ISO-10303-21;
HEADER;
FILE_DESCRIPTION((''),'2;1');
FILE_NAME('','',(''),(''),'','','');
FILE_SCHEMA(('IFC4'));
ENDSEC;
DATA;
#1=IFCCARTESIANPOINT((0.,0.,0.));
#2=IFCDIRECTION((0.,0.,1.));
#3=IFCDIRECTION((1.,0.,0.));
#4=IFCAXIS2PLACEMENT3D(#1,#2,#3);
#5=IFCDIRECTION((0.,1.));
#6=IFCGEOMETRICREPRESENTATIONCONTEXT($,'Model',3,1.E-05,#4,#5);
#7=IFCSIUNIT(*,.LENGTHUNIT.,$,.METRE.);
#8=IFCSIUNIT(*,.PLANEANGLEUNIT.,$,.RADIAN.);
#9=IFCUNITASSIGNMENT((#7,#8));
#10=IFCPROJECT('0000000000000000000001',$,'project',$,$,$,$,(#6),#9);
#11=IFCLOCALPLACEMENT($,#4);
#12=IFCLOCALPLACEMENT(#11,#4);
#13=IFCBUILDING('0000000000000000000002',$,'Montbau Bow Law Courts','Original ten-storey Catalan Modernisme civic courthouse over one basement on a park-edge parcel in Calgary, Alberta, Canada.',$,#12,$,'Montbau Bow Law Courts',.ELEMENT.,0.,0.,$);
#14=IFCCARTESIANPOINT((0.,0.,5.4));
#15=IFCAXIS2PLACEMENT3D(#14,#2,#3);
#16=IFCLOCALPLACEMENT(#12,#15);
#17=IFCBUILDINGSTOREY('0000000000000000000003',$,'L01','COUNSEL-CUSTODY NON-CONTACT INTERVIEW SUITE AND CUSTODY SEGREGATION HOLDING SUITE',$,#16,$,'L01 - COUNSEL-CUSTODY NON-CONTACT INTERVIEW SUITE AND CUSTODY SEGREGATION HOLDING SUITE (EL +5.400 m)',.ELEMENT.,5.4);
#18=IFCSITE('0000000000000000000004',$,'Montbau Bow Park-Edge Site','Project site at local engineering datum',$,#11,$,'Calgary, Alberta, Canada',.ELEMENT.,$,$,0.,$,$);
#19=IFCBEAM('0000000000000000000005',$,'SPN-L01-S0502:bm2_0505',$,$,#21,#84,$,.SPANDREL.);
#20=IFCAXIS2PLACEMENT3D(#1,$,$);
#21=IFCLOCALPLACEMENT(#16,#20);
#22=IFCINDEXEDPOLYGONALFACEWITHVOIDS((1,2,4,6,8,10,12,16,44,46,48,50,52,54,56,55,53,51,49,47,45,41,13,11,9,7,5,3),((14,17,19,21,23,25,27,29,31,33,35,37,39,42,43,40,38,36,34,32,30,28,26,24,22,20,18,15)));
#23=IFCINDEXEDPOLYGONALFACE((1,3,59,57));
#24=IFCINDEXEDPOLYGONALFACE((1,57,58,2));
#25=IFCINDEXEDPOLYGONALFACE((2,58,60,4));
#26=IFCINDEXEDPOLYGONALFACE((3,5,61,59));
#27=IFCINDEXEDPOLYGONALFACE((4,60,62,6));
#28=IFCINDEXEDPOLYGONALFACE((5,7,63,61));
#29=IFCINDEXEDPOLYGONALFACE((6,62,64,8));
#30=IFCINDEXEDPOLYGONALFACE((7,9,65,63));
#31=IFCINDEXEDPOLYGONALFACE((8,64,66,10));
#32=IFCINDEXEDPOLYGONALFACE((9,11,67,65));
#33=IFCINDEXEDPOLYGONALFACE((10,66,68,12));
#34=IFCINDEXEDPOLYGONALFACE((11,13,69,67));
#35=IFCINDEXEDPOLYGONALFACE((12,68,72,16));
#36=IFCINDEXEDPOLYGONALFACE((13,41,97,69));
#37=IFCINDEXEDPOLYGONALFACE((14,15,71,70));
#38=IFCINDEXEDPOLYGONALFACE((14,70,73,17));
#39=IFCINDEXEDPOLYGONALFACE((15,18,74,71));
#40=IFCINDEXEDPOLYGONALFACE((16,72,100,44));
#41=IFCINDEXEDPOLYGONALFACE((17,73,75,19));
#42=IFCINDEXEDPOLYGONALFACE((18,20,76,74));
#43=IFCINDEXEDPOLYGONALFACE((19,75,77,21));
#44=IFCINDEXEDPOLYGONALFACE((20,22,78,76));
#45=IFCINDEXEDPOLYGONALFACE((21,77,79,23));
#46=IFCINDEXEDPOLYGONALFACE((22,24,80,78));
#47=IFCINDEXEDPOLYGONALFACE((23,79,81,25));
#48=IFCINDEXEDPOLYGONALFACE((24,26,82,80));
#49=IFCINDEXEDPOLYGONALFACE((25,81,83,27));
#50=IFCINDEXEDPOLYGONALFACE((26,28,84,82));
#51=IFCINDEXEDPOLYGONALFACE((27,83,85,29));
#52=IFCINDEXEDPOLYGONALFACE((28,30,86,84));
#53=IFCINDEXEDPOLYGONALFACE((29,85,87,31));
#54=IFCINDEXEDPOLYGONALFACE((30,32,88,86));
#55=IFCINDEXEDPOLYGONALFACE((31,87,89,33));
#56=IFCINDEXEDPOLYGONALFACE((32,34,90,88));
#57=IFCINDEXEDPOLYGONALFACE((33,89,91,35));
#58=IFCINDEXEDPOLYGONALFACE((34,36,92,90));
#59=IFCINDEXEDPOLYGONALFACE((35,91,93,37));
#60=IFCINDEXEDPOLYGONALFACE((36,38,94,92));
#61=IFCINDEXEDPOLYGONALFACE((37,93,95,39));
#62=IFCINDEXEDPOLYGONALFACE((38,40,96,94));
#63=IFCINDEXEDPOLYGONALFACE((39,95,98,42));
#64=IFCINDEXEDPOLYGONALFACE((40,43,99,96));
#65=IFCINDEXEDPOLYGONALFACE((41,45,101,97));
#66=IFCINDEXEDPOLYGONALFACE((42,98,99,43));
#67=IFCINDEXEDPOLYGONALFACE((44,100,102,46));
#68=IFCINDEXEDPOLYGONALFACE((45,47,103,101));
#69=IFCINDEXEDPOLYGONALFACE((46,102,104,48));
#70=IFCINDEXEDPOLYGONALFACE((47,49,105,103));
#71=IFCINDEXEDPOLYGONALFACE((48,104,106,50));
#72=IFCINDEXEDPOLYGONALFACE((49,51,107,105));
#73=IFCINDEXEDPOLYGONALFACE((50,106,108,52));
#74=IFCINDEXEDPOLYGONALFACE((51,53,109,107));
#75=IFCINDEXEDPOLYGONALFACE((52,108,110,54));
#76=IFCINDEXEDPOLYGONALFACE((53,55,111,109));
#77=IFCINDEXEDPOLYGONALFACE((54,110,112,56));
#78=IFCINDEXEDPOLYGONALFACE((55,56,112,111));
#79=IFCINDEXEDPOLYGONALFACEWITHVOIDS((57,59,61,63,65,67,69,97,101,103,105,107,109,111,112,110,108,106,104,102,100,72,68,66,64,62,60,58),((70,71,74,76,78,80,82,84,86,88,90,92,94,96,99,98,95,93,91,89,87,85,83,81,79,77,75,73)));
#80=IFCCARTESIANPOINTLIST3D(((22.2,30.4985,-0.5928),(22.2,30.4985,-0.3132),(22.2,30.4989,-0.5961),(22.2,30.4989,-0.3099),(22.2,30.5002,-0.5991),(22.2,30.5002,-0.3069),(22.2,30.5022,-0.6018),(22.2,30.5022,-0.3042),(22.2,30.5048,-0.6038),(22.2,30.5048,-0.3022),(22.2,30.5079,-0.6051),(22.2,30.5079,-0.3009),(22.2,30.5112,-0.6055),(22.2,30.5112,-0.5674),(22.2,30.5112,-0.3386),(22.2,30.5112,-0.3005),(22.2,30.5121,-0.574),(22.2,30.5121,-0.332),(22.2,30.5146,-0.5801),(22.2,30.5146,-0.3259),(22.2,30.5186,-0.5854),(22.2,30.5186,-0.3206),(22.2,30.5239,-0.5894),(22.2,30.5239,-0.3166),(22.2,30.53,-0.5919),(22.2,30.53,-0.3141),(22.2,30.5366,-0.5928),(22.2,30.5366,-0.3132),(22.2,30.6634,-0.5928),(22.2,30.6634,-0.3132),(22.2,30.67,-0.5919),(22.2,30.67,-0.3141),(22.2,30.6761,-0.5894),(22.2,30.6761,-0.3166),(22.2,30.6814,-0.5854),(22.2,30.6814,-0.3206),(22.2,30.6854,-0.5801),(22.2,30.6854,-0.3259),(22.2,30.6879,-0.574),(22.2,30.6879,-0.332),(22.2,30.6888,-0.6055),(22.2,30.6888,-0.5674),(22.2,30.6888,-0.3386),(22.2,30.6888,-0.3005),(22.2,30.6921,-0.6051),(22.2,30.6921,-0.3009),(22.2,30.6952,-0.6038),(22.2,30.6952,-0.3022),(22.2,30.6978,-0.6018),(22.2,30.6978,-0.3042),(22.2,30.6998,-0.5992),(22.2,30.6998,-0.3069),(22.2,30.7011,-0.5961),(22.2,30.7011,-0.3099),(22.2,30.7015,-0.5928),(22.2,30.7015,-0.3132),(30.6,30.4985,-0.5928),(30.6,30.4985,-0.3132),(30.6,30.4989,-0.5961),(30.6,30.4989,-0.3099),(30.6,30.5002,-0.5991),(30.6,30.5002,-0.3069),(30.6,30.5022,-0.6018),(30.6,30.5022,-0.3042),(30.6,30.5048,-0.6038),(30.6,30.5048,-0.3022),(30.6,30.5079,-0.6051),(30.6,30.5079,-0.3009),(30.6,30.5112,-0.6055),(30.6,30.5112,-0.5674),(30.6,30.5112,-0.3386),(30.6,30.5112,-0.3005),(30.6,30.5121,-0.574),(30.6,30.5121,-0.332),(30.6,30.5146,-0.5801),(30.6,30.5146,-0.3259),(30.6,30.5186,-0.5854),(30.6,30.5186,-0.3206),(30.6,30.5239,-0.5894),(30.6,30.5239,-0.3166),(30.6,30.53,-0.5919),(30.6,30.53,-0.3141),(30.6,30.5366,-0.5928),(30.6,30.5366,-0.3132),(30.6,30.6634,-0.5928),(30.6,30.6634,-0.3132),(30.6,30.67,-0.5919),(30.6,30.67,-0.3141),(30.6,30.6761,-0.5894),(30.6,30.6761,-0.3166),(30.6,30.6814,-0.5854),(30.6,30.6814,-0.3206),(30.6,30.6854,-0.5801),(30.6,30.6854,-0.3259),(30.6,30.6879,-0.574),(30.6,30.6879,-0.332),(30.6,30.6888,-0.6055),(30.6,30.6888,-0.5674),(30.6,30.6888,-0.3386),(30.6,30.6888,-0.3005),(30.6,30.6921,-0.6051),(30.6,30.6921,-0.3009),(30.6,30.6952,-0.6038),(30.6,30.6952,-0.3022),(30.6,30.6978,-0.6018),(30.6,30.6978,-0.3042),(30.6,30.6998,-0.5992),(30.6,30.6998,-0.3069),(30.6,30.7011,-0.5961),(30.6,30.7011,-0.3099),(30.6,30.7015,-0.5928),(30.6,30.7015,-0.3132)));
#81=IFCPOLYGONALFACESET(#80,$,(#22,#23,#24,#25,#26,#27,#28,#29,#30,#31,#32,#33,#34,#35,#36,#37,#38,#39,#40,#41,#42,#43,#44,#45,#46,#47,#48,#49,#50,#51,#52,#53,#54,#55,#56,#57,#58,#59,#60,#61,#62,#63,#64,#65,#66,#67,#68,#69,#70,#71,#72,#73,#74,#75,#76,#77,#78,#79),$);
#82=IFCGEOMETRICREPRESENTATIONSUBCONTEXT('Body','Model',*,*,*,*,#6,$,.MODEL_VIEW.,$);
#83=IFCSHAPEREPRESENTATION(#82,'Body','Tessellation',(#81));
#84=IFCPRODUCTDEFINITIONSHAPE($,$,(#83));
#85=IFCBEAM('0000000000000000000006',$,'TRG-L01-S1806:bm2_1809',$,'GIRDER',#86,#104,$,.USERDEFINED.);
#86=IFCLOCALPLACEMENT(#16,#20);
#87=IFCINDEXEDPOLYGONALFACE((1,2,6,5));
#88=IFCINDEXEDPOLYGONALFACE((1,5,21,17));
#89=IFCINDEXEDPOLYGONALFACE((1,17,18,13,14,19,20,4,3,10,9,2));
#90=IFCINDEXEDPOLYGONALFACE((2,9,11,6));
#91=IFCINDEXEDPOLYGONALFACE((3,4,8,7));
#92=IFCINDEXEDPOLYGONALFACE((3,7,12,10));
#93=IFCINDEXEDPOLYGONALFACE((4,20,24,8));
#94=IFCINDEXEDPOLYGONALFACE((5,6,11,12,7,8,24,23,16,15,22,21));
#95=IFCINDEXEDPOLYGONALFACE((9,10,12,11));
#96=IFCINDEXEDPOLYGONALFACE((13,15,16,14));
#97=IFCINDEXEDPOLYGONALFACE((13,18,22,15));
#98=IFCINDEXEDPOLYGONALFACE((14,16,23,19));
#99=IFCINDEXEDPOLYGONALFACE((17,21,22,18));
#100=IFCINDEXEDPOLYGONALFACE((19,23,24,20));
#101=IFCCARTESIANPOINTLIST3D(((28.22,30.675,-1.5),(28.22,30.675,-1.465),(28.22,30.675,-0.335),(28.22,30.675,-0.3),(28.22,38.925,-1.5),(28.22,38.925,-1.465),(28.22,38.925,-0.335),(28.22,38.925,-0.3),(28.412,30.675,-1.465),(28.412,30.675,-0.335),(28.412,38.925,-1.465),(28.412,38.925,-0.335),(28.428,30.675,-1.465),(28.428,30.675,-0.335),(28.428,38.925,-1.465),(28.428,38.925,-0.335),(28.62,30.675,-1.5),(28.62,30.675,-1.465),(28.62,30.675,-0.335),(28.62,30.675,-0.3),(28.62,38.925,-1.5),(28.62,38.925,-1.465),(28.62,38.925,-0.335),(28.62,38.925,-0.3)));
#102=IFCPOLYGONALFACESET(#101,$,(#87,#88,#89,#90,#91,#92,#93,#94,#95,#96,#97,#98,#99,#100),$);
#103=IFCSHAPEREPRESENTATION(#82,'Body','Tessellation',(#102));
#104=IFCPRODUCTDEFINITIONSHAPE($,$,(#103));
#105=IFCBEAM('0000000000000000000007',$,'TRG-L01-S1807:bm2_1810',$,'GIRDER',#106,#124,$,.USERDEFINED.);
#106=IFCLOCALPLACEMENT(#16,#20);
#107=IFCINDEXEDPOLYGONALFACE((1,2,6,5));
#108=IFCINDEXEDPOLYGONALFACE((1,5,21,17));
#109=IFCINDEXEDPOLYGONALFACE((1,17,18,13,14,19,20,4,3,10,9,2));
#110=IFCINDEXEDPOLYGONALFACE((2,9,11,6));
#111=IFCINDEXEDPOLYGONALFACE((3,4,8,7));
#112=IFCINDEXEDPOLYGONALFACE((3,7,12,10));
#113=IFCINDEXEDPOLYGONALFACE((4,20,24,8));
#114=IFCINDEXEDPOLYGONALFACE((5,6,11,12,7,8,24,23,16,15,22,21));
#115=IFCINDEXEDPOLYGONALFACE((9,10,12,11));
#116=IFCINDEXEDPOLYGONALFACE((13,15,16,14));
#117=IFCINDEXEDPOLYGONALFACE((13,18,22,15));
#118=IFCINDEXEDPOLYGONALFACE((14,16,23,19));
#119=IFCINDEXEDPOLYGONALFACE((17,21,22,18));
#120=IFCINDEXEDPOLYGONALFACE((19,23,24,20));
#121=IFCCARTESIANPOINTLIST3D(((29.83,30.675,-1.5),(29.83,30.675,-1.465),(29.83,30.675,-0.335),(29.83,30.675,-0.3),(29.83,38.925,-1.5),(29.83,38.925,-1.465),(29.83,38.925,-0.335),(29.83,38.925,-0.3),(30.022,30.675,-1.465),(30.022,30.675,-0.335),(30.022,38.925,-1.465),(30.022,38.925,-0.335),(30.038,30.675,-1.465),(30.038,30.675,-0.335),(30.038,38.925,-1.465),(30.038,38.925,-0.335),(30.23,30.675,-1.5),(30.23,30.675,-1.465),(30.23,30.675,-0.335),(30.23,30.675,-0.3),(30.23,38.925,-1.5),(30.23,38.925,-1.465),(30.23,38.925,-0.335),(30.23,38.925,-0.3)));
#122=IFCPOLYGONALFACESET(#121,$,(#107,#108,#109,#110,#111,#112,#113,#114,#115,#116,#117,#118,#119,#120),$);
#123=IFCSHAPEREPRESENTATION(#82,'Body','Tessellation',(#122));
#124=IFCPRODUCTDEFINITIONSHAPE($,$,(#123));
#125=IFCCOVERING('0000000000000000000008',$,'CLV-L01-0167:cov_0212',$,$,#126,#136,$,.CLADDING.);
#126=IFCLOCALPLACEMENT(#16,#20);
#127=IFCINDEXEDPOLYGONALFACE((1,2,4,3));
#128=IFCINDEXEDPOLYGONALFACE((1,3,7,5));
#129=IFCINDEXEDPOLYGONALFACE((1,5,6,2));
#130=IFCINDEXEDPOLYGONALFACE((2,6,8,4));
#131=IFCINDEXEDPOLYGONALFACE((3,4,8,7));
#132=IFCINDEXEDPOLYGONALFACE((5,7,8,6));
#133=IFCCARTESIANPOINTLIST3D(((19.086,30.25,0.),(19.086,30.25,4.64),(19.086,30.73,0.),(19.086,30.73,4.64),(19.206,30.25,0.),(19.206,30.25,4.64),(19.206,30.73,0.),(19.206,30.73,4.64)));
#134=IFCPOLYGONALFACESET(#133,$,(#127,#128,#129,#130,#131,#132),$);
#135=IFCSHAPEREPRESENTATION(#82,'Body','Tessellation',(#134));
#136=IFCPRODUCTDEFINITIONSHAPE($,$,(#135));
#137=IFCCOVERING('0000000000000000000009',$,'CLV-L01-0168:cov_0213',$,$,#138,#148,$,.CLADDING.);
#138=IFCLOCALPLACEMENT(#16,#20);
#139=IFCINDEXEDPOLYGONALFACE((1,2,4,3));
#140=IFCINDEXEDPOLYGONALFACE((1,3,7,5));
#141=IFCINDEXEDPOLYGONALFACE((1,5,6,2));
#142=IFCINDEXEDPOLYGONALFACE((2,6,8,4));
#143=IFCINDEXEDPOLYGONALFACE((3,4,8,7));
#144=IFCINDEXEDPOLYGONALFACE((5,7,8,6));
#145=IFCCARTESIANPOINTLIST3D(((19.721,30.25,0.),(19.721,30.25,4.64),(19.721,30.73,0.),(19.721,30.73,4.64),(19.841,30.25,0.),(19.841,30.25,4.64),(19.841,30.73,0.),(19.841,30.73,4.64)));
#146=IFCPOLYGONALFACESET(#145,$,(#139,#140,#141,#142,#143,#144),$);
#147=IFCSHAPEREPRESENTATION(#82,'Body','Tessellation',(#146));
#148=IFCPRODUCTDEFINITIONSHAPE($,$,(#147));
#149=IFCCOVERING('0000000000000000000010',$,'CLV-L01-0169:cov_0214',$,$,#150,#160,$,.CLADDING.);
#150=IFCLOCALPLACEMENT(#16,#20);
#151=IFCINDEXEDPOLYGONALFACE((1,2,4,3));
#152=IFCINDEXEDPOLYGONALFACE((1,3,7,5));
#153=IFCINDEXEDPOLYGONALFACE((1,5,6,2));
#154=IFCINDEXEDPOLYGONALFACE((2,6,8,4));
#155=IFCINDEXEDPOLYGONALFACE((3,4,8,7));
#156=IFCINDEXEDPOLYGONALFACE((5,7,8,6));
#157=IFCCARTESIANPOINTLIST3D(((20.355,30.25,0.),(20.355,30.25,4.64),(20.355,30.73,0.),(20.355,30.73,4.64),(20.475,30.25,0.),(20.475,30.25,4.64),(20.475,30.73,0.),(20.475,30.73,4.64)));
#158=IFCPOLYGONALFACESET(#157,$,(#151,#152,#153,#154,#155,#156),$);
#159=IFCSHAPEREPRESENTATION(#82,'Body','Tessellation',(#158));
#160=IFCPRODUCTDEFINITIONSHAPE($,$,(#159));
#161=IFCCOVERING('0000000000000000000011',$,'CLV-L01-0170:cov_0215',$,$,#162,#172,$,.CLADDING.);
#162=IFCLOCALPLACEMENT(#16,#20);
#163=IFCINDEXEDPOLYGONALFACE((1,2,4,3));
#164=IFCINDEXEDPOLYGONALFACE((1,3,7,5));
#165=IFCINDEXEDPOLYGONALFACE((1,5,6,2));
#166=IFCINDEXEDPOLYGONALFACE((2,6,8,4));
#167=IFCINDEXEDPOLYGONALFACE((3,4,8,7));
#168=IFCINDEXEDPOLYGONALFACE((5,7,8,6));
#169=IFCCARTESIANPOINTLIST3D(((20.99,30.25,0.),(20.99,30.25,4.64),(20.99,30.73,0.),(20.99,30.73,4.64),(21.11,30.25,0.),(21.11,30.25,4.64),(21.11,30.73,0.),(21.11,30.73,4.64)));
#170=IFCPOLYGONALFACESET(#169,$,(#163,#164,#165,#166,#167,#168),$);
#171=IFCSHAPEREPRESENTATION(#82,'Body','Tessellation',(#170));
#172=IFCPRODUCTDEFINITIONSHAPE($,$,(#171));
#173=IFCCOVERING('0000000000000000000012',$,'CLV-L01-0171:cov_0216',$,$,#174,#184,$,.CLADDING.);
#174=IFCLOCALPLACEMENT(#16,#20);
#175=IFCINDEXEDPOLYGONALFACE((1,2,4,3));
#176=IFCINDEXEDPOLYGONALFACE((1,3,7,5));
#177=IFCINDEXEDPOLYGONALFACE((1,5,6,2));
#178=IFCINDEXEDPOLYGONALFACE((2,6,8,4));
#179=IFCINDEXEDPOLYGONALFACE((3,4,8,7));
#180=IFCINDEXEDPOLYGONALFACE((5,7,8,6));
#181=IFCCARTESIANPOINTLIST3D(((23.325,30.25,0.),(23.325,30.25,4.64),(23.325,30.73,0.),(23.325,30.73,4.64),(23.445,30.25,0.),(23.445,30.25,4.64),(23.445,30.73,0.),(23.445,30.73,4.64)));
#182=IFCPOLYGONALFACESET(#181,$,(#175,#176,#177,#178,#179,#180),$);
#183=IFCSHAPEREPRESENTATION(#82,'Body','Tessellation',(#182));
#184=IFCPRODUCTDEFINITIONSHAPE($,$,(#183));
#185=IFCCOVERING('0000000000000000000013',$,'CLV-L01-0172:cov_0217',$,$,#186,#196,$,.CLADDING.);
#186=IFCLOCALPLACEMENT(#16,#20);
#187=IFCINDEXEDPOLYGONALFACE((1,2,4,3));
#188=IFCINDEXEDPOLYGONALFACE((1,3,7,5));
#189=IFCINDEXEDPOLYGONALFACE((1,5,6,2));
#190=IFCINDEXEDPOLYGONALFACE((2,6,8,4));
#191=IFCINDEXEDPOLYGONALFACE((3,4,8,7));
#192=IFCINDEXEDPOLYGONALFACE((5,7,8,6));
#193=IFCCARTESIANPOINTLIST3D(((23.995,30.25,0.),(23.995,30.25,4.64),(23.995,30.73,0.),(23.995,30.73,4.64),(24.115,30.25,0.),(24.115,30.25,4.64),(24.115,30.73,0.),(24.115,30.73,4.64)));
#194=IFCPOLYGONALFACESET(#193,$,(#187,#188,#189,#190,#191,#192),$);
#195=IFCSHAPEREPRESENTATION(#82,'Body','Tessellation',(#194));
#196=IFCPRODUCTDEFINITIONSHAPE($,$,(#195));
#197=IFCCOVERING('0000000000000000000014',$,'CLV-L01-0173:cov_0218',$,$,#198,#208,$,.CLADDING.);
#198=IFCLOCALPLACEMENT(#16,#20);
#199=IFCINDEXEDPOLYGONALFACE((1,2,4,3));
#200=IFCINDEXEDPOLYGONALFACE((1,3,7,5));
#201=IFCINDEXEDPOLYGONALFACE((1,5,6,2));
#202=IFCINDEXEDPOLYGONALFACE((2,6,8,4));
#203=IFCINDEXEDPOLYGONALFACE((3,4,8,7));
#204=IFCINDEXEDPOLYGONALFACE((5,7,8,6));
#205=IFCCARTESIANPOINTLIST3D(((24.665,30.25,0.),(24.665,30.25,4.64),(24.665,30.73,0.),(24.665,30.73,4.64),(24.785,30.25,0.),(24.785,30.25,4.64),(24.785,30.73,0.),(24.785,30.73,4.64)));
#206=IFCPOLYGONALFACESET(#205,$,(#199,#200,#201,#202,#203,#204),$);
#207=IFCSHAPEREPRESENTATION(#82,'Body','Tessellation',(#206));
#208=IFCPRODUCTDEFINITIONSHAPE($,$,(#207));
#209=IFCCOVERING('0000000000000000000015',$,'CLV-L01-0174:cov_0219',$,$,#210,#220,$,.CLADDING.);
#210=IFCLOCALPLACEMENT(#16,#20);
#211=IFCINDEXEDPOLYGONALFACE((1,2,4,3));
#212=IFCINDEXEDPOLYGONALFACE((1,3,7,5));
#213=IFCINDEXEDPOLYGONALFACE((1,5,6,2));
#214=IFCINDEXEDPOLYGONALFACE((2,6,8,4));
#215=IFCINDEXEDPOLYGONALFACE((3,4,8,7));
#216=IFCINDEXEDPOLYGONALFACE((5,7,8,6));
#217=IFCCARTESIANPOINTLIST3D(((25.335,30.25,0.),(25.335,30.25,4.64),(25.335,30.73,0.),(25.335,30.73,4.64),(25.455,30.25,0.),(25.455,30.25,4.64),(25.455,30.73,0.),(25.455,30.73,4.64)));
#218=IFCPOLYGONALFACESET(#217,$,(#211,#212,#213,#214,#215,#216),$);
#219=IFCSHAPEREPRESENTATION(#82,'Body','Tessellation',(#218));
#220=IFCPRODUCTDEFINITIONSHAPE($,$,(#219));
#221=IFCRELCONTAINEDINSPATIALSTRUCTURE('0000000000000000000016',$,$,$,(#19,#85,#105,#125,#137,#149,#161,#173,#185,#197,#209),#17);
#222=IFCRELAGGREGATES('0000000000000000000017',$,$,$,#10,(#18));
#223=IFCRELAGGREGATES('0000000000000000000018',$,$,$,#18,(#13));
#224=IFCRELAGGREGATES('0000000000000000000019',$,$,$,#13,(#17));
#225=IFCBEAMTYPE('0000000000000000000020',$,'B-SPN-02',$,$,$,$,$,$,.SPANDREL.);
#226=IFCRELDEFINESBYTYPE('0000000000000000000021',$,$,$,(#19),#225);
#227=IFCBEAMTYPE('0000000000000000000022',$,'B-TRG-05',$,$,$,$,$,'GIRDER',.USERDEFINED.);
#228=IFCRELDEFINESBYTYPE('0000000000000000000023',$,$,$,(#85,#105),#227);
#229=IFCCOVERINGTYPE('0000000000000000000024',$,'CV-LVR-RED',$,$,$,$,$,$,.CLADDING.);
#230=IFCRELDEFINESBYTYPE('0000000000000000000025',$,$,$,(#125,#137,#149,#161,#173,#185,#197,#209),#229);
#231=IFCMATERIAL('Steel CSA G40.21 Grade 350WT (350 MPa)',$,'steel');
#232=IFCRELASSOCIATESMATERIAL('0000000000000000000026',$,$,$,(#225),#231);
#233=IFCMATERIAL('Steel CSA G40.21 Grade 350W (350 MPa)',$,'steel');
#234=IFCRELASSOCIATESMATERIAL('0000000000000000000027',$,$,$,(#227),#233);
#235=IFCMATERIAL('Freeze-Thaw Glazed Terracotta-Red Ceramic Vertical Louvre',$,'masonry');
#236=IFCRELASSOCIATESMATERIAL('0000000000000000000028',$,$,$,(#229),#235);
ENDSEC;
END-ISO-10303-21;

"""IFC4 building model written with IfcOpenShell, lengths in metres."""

from ifc_helpers import new_model, si_unit, direction, frame, frame_2d, origin_with_axes, origin_2d_with_axis, place, context, subcontext, project, spatial, rectangle, hollow_rectangle, i_section, extrude, material, material_profile, profile_set, type_object, element, save


model = new_model("IFC4")

# Units and contexts
model_context = context("Model", 3, precision=1e-05, world=origin_with_axes(), true_north=direction((0.0, 1.0)))
body_context = subcontext(model_context, "Body", "Model", "MODEL_VIEW")
ifc_project = project(units=[si_unit("LENGTHUNIT", "METRE"), si_unit("PLANEANGLEUNIT", "RADIAN")], contexts=[model_context])

# Site, building, storey
site_placement = place(None, origin_with_axes())
site = spatial("IfcSite", under=ifc_project, at=site_placement, Name="Montbau Bow Park-Edge Site", Description="Project site at local engineering datum", LongName="Calgary, Alberta, Canada", CompositionType="ELEMENT", RefElevation=0.0)
building_placement = place(site_placement, origin_with_axes())
building = spatial("IfcBuilding", under=site, at=building_placement, Name="Montbau Bow Law Courts", Description="Original ten-storey Catalan Modernisme civic courthouse over one basement on a park-edge parcel in Calgary, Alberta, Canada.", LongName="Montbau Bow Law Courts", CompositionType="ELEMENT", ElevationOfRefHeight=0.0, ElevationOfTerrain=0.0)
storey_placement = place(building_placement, frame((0.0, 0.0, 5.4), z_axis=(0.0, 0.0, 1.0), x_axis=(1.0, 0.0, 0.0)))
storey = spatial("IfcBuildingStorey", under=building, at=storey_placement, Name="L01", Description="COUNSEL-CUSTODY NON-CONTACT INTERVIEW SUITE AND CUSTODY SEGREGATION HOLDING SUITE", LongName="L01 - COUNSEL-CUSTODY NON-CONTACT INTERVIEW SUITE AND CUSTODY SEGREGATION HOLDING SUITE (EL +5.400 m)", CompositionType="ELEMENT", Elevation=5.4)

# Beams
ifc_material_1 = material(Name="Steel CSA G40.21 Grade 350W (350 MPa)", Category="steel")
ifc_material_2 = material(Name="Steel CSA G40.21 Grade 350WT (350 MPa)", Category="steel")
ifc_material_profile_1 = material_profile(ifc_material_2, hollow_rectangle(XDim=0.203, YDim=0.305, WallThickness=0.0127, InnerFilletRadius=0.0254, OuterFilletRadius=0.0127, at=origin_2d_with_axis()), Name="HSS305X203X13", Category="Main", Priority=0)
ifc_profile_set_1 = profile_set([ifc_material_profile_1], Name="Steel CSA G40.21 Grade 350WT (350 MPa)")
beam_type_1 = type_object("IfcBeamType", Name="B-SPN-02", PredefinedType="SPANDREL", material=ifc_profile_set_1)
beam_1_placement = place(None, frame((22.2, 30.6, 4.947), z_axis=(1.0, 0.0, 0.0), x_axis=(0.0, 1.0, 0.0)))
element("IfcBeam", 1, at=beam_1_placement, inside=storey, type_object=beam_type_1, Name="SPN-L01-S0502:bm2_0505", PredefinedType="SPANDREL", context=body_context, shape_type="SweptSolid", body=[
    extrude(hollow_rectangle(XDim=0.203, YDim=0.305, WallThickness=0.0127, InnerFilletRadius=0.0254, OuterFilletRadius=0.0127, at=origin_2d_with_axis()), origin_with_axes(), (0.0, 0.0, 1.0), 8.4),
])
ifc_material_profile_2 = material_profile(ifc_material_1, i_section(OverallWidth=0.4, OverallDepth=1.2, WebThickness=0.016, FlangeThickness=0.035, at=origin_2d_with_axis()), Name="WWF1200X302", Category="Main", Priority=0)
ifc_profile_set_2 = profile_set([ifc_material_profile_2], Name="Steel CSA G40.21 Grade 350W (350 MPa)")
beam_type_2 = type_object("IfcBeamType", Name="B-TRG-05", ElementType="GIRDER", PredefinedType="USERDEFINED", material=ifc_profile_set_2)
for number, where, z_axis, x_axis, name in (
    (2, (28.42, 30.675, 4.5), (0.0, 1.0, 0.0), (-1.0, 0.0, 0.0), "TRG-L01-S1806:bm2_1809"),
    (3, (30.03, 30.675, 4.5), (0.0, 1.0, 0.0), (-1.0, 0.0, 0.0), "TRG-L01-S1807:bm2_1810"),
):
    element("IfcBeam", number, at=place(None, frame(where, z_axis=z_axis, x_axis=x_axis)), inside=storey, type_object=beam_type_2, Name=name, ObjectType="GIRDER", PredefinedType="USERDEFINED", context=body_context, shape_type="SweptSolid", body=[
        extrude(i_section(OverallWidth=0.4, OverallDepth=1.2, WebThickness=0.016, FlangeThickness=0.035, at=origin_2d_with_axis()), origin_with_axes(), (0.0, 0.0, 1.0), 8.25),
    ])

# Coverings
ifc_material_3 = material(Name="Freeze-Thaw Glazed Terracotta-Red Ceramic Vertical Louvre", Category="masonry")
covering_type = type_object("IfcCoveringType", Name="CV-LVR-RED", PredefinedType="CLADDING", material=ifc_material_3)
for number, where, z_axis, x_axis, name in (
    (4, (19.146, 30.73, 5.4), (-1.0, 0.0, 0.0), (0.0, -1.0, 0.0), "CLV-L01-0167:cov_0212"),
    (5, (19.781, 30.73, 5.4), (-1.0, 0.0, 0.0), (0.0, -1.0, 0.0), "CLV-L01-0168:cov_0213"),
    (6, (20.415, 30.73, 5.4), (-1.0, 0.0, 0.0), (0.0, -1.0, 0.0), "CLV-L01-0169:cov_0214"),
    (7, (21.05, 30.73, 5.4), (-1.0, 0.0, 0.0), (0.0, -1.0, 0.0), "CLV-L01-0170:cov_0215"),
    (8, (23.385, 30.73, 5.4), (-1.0, 0.0, 0.0), (0.0, -1.0, 0.0), "CLV-L01-0171:cov_0216"),
    (9, (24.055, 30.73, 5.4), (-1.0, 0.0, 0.0), (0.0, -1.0, 0.0), "CLV-L01-0172:cov_0217"),
    (10, (24.725, 30.73, 5.4), (-1.0, 0.0, 0.0), (0.0, -1.0, 0.0), "CLV-L01-0173:cov_0218"),
    (11, (25.395, 30.73, 5.4), (-1.0, 0.0, 0.0), (0.0, -1.0, 0.0), "CLV-L01-0174:cov_0219"),
):
    element("IfcCovering", number, at=place(None, frame(where, z_axis=z_axis, x_axis=x_axis)), inside=storey, type_object=covering_type, Name=name, PredefinedType="CLADDING", context=body_context, shape_type="SweptSolid", body=[
        extrude(rectangle(XDim=0.48, YDim=4.64, at=frame_2d((0.24, 2.32), x_axis=(1.0, 0.0))), frame((0.0, 0.0, -0.06), z_axis=(0.0, 0.0, 1.0), x_axis=(1.0, 0.0, 0.0)), (0.0, 0.0, 1.0), 0.12),
    ])

save(model, "model.ifc")
